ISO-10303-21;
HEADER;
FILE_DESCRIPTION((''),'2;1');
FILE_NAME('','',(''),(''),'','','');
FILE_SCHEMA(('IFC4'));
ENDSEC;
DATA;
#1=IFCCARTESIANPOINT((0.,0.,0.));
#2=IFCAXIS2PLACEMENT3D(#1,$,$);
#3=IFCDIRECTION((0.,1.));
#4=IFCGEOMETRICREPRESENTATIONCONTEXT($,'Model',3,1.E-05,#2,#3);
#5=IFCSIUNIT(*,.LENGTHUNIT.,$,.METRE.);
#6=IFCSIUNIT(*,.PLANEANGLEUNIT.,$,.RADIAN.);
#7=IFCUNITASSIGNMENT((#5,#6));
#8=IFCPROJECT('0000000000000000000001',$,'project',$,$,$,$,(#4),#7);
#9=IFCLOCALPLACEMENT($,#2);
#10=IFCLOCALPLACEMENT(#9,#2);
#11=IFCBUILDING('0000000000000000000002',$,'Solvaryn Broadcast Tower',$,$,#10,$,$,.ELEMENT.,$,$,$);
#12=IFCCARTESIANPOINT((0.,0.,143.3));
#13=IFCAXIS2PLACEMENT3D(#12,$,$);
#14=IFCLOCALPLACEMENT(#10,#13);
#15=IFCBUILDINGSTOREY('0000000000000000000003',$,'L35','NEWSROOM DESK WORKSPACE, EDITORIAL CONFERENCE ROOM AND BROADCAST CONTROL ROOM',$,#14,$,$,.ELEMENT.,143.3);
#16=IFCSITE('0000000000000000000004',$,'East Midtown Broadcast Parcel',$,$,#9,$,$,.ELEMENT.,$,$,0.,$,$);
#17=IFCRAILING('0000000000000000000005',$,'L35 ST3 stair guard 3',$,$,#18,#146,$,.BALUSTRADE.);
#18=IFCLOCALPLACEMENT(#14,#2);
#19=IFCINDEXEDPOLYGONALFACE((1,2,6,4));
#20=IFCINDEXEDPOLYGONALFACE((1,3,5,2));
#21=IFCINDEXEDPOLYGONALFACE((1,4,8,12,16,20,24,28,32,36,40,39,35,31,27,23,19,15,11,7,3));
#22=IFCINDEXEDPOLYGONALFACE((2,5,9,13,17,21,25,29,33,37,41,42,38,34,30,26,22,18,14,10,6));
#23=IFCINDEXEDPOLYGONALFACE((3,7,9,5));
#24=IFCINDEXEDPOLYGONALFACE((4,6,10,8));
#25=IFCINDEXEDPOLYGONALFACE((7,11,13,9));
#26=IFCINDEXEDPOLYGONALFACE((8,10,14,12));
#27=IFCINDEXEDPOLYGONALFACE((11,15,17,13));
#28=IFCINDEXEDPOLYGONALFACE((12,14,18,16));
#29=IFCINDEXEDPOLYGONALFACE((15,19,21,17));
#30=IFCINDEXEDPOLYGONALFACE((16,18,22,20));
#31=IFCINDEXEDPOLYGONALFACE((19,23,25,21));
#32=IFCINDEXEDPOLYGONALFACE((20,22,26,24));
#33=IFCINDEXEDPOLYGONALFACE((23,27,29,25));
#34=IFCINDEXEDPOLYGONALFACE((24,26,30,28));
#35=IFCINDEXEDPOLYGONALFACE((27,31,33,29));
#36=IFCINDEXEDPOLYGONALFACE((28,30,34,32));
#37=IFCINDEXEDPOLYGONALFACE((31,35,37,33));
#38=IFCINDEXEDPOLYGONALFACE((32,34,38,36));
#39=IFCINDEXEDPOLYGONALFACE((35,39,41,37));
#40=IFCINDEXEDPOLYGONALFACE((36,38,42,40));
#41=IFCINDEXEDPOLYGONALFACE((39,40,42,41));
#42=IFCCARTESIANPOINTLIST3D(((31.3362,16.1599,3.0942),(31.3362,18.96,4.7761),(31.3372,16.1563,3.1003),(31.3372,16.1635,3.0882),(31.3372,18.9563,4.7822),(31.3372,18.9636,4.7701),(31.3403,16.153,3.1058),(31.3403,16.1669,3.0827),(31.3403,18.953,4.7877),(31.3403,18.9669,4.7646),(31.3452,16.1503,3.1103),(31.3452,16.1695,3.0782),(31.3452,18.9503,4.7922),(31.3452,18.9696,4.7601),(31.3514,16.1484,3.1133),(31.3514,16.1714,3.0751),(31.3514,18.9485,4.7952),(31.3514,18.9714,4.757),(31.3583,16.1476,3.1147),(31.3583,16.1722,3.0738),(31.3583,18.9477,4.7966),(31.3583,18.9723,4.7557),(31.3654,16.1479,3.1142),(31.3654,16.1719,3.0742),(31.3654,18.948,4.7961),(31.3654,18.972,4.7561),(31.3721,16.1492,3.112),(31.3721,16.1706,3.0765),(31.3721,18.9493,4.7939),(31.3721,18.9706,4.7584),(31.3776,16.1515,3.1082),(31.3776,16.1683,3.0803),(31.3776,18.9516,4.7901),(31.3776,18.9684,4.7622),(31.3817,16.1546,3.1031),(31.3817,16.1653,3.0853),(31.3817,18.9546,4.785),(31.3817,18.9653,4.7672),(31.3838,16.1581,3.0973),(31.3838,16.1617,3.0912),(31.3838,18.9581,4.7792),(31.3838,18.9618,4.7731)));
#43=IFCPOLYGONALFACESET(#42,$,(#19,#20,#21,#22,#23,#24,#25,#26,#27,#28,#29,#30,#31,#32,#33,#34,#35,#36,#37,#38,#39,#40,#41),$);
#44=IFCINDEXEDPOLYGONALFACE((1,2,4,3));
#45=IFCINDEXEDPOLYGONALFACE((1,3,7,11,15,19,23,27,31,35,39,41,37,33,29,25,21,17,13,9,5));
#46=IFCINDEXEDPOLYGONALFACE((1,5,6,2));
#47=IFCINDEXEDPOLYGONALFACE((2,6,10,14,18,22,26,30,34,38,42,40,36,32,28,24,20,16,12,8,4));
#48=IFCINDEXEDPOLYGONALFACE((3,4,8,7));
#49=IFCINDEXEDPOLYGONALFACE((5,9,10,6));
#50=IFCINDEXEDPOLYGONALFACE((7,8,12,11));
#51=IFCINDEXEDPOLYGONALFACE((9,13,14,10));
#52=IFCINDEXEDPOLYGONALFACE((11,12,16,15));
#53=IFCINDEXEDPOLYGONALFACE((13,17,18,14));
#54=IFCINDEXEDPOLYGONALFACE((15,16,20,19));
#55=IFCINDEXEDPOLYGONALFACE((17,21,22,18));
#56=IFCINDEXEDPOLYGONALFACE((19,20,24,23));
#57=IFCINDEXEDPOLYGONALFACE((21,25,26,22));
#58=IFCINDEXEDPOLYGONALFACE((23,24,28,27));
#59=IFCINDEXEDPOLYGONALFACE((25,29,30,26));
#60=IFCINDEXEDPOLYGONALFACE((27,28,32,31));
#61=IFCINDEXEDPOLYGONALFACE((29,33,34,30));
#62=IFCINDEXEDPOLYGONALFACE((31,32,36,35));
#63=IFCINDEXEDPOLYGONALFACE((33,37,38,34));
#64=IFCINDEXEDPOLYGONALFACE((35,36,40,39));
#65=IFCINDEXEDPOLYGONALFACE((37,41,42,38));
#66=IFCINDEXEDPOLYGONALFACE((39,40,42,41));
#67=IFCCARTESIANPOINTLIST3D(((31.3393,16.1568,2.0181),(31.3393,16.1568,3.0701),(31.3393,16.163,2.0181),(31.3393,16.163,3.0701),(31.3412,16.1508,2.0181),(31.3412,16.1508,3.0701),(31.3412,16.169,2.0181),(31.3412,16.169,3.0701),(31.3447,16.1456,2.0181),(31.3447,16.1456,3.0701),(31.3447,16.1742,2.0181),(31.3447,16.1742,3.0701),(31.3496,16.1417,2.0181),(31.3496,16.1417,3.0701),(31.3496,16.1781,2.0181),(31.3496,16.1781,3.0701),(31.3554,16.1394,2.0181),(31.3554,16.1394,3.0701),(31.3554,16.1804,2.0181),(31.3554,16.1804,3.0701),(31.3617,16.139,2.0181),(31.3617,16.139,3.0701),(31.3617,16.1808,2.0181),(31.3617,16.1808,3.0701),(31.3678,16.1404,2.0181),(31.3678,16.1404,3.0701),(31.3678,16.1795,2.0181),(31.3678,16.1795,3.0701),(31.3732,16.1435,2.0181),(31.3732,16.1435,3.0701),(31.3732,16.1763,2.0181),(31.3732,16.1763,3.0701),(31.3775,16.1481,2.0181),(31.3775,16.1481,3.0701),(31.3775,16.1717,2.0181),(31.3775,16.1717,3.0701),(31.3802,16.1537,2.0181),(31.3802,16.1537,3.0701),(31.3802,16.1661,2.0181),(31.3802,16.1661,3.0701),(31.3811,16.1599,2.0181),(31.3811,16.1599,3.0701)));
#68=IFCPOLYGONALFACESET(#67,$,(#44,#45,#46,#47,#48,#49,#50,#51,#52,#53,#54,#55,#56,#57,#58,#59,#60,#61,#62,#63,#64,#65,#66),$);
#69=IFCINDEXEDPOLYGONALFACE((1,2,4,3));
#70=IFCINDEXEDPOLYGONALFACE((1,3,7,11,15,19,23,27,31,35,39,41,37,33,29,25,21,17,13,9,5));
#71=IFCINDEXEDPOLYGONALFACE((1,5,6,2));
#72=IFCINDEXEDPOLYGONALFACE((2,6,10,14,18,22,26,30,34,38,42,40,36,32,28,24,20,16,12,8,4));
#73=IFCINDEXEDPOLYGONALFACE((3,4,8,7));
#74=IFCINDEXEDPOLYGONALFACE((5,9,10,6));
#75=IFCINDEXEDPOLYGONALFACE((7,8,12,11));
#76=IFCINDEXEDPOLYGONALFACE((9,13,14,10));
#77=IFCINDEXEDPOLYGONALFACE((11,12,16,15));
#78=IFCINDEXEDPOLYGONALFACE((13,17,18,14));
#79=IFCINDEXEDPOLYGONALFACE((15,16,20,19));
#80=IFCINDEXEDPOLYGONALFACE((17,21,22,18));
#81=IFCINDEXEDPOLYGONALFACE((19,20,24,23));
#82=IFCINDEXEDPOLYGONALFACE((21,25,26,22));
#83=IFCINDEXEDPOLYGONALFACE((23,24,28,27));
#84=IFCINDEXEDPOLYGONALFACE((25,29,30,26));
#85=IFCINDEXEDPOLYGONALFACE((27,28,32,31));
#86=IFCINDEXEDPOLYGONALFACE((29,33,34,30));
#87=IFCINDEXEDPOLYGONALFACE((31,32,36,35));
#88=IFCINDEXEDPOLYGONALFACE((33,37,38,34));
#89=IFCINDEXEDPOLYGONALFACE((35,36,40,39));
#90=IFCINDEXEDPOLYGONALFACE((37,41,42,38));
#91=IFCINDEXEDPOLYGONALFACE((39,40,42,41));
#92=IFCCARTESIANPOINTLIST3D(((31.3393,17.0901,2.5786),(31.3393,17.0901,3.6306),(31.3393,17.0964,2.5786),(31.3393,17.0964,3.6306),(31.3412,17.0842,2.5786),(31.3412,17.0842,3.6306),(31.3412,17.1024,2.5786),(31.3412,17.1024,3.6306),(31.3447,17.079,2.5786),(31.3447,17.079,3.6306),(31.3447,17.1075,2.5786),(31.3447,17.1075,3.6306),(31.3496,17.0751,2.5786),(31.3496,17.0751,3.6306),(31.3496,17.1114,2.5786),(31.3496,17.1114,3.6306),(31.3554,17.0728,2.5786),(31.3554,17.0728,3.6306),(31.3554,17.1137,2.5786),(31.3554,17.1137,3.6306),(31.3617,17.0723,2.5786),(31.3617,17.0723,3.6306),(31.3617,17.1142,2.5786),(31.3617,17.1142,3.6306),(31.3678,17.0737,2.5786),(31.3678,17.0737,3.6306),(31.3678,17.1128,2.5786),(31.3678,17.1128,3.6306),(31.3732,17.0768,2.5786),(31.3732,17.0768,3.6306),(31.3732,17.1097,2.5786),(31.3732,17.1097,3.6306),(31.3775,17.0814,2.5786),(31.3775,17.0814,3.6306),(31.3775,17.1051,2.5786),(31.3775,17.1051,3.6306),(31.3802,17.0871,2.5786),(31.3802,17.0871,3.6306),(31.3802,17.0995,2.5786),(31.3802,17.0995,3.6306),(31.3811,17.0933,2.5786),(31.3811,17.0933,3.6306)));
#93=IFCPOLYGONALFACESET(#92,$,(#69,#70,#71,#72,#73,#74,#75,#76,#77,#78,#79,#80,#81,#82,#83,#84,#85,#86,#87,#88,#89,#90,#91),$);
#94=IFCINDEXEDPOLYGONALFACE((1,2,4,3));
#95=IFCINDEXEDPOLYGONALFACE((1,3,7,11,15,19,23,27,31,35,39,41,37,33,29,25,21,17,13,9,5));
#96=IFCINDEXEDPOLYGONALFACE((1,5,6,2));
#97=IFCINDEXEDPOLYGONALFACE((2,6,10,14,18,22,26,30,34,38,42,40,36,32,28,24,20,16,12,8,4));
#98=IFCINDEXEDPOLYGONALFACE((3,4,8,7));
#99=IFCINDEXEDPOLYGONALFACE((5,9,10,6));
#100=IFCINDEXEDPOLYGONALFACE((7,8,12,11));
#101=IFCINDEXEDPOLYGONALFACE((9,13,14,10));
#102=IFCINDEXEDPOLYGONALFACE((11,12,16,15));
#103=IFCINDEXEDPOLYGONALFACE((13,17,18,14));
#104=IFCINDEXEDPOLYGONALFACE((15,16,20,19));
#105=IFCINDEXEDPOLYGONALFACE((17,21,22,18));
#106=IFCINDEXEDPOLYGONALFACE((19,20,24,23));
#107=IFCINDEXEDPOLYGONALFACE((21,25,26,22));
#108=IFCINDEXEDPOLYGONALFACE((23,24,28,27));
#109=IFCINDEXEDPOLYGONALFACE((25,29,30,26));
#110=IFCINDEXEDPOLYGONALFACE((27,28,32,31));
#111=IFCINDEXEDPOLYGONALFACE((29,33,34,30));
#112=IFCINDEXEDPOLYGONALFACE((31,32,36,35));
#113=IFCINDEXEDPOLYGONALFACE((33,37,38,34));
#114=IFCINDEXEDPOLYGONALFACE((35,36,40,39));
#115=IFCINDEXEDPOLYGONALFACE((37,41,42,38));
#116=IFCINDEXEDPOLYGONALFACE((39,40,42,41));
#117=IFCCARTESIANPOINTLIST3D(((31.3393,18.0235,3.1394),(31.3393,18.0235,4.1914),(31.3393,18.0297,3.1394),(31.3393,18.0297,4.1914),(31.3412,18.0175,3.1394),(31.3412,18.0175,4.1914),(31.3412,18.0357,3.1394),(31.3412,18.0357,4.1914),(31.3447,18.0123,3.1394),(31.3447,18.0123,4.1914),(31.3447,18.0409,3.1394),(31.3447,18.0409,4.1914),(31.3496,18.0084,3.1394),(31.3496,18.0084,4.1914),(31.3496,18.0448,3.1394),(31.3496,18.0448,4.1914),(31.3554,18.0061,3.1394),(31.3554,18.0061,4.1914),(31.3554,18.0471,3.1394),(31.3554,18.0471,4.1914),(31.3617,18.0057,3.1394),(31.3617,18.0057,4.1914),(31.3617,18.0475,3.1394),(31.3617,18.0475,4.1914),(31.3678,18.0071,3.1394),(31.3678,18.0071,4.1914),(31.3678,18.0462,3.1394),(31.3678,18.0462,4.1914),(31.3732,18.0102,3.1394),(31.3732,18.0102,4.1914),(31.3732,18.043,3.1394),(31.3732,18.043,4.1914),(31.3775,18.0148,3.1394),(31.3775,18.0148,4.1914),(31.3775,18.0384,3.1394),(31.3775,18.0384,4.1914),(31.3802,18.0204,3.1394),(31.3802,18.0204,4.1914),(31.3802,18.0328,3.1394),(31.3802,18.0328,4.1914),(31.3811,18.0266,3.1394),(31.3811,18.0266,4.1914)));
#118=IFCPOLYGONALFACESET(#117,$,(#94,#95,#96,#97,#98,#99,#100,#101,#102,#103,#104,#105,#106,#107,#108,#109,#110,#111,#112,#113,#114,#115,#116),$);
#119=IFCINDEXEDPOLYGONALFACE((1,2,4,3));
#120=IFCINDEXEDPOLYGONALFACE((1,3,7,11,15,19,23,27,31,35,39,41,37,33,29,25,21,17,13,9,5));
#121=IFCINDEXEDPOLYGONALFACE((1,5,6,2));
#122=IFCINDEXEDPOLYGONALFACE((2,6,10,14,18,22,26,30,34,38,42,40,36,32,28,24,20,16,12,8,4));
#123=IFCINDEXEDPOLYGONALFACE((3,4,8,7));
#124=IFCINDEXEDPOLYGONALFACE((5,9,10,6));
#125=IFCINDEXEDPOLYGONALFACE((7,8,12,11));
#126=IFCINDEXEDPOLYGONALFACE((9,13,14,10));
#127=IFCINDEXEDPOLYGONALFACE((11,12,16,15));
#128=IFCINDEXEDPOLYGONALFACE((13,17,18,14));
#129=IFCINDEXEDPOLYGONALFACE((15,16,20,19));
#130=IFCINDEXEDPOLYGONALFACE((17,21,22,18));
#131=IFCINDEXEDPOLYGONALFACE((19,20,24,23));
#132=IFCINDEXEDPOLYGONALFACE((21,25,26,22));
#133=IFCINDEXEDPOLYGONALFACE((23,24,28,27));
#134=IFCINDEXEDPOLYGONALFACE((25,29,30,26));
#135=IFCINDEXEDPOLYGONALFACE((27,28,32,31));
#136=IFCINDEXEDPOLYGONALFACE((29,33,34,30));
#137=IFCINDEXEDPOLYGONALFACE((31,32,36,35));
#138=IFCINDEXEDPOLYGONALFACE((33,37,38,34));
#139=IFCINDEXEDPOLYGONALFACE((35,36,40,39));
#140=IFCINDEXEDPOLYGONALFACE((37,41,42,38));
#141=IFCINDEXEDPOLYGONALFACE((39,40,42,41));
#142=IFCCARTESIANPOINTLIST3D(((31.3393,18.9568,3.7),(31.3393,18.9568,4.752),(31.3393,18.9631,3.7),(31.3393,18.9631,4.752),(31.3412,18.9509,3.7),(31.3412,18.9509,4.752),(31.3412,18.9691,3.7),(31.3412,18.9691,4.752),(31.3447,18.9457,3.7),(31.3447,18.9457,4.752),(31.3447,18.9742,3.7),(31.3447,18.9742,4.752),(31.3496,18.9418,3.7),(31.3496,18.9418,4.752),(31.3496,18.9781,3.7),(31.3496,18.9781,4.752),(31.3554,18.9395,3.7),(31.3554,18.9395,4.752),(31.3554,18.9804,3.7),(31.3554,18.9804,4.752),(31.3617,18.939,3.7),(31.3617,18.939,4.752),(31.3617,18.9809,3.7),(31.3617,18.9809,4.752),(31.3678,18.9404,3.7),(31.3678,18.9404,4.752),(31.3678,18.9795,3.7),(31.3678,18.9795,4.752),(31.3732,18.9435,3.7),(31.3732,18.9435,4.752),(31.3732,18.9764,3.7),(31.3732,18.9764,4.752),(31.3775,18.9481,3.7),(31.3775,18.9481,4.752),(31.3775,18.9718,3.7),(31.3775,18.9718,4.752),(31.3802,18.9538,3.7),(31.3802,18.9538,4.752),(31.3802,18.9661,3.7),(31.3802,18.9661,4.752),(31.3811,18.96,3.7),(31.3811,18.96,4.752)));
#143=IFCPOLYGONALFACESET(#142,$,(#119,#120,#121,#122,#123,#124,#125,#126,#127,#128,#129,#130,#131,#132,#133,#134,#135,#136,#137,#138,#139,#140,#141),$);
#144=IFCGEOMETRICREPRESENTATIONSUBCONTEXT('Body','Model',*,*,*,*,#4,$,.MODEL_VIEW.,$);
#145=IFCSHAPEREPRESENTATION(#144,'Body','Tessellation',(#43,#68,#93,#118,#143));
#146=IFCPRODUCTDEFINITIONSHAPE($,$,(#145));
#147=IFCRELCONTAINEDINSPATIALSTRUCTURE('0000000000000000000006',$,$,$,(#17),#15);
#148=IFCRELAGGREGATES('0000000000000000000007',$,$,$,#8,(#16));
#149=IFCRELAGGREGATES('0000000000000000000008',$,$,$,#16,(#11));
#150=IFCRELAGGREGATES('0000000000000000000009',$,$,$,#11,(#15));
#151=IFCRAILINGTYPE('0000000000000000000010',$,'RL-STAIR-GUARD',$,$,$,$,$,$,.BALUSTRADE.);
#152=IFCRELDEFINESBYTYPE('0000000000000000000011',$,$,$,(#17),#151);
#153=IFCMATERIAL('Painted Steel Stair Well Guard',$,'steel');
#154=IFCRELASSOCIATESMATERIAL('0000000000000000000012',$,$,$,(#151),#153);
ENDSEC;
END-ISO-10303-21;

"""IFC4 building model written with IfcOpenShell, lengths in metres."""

from ifc_helpers import new_model, si_unit, direction, frame, origin, origin_2d, place, context, subcontext, project, spatial, circle, extrude, material, type_object, element, save


model = new_model("IFC4")

# Units and contexts
model_context = context("Model", 3, precision=1e-05, world=origin(), true_north=direction((0.0, 1.0)))
body_context = subcontext(model_context, "Body", "Model", "MODEL_VIEW")
ifc_project = project(units=[si_unit("LENGTHUNIT", "METRE"), si_unit("PLANEANGLEUNIT", "RADIAN")], contexts=[model_context])

# Site, building, storey
site_placement = place(None, origin())
site = spatial("IfcSite", under=ifc_project, at=site_placement, Name="East Midtown Broadcast Parcel", CompositionType="ELEMENT", RefElevation=0.0)
building_placement = place(site_placement, origin())
building = spatial("IfcBuilding", under=site, at=building_placement, Name="Solvaryn Broadcast Tower", CompositionType="ELEMENT")
storey_placement = place(building_placement, frame((0.0, 0.0, 143.3)))
storey = spatial("IfcBuildingStorey", under=building, at=storey_placement, Name="L35", Description="NEWSROOM DESK WORKSPACE, EDITORIAL CONFERENCE ROOM AND BROADCAST CONTROL ROOM", CompositionType="ELEMENT", Elevation=143.3)

# Railing
ifc_material_1 = material(Name="Painted Steel Stair Well Guard", Category="steel")
railing_type_1 = type_object("IfcRailingType", Name="RL-STAIR-GUARD", PredefinedType="BALUSTRADE", material=ifc_material_1)
railing_1_placement = place(storey_placement, frame((31.3601, 16.1599, 2.0181)))
element("IfcRailing", 1, at=railing_1_placement, inside=storey, type_object=railing_type_1, Name="L35 ST3 stair guard 3", PredefinedType="BALUSTRADE", context=body_context, shape_type="SweptSolid", body=[
    extrude(circle(Radius=0.0239, at=origin_2d()), frame((0.0, 0.0, 1.0762), z_axis=(0.0, 0.857242, 0.514913), x_axis=(-1.0, 0.0, 0.0)), (0.0, 0.0, 1.0), 3.2664),
    extrude(circle(Radius=0.021, at=origin_2d()), origin(), (0.0, 0.0, 1.0), 1.052),
    extrude(circle(Radius=0.021, at=origin_2d()), frame((0.0, 0.9333, 0.5605)), (0.0, 0.0, 1.0), 1.052),
    extrude(circle(Radius=0.021, at=origin_2d()), frame((0.0, 1.8667, 1.1213)), (0.0, 0.0, 1.0), 1.052),
    extrude(circle(Radius=0.021, at=origin_2d()), frame((0.0, 2.8, 1.6819)), (0.0, 0.0, 1.0), 1.052),
])

save(model, "model.ifc")
